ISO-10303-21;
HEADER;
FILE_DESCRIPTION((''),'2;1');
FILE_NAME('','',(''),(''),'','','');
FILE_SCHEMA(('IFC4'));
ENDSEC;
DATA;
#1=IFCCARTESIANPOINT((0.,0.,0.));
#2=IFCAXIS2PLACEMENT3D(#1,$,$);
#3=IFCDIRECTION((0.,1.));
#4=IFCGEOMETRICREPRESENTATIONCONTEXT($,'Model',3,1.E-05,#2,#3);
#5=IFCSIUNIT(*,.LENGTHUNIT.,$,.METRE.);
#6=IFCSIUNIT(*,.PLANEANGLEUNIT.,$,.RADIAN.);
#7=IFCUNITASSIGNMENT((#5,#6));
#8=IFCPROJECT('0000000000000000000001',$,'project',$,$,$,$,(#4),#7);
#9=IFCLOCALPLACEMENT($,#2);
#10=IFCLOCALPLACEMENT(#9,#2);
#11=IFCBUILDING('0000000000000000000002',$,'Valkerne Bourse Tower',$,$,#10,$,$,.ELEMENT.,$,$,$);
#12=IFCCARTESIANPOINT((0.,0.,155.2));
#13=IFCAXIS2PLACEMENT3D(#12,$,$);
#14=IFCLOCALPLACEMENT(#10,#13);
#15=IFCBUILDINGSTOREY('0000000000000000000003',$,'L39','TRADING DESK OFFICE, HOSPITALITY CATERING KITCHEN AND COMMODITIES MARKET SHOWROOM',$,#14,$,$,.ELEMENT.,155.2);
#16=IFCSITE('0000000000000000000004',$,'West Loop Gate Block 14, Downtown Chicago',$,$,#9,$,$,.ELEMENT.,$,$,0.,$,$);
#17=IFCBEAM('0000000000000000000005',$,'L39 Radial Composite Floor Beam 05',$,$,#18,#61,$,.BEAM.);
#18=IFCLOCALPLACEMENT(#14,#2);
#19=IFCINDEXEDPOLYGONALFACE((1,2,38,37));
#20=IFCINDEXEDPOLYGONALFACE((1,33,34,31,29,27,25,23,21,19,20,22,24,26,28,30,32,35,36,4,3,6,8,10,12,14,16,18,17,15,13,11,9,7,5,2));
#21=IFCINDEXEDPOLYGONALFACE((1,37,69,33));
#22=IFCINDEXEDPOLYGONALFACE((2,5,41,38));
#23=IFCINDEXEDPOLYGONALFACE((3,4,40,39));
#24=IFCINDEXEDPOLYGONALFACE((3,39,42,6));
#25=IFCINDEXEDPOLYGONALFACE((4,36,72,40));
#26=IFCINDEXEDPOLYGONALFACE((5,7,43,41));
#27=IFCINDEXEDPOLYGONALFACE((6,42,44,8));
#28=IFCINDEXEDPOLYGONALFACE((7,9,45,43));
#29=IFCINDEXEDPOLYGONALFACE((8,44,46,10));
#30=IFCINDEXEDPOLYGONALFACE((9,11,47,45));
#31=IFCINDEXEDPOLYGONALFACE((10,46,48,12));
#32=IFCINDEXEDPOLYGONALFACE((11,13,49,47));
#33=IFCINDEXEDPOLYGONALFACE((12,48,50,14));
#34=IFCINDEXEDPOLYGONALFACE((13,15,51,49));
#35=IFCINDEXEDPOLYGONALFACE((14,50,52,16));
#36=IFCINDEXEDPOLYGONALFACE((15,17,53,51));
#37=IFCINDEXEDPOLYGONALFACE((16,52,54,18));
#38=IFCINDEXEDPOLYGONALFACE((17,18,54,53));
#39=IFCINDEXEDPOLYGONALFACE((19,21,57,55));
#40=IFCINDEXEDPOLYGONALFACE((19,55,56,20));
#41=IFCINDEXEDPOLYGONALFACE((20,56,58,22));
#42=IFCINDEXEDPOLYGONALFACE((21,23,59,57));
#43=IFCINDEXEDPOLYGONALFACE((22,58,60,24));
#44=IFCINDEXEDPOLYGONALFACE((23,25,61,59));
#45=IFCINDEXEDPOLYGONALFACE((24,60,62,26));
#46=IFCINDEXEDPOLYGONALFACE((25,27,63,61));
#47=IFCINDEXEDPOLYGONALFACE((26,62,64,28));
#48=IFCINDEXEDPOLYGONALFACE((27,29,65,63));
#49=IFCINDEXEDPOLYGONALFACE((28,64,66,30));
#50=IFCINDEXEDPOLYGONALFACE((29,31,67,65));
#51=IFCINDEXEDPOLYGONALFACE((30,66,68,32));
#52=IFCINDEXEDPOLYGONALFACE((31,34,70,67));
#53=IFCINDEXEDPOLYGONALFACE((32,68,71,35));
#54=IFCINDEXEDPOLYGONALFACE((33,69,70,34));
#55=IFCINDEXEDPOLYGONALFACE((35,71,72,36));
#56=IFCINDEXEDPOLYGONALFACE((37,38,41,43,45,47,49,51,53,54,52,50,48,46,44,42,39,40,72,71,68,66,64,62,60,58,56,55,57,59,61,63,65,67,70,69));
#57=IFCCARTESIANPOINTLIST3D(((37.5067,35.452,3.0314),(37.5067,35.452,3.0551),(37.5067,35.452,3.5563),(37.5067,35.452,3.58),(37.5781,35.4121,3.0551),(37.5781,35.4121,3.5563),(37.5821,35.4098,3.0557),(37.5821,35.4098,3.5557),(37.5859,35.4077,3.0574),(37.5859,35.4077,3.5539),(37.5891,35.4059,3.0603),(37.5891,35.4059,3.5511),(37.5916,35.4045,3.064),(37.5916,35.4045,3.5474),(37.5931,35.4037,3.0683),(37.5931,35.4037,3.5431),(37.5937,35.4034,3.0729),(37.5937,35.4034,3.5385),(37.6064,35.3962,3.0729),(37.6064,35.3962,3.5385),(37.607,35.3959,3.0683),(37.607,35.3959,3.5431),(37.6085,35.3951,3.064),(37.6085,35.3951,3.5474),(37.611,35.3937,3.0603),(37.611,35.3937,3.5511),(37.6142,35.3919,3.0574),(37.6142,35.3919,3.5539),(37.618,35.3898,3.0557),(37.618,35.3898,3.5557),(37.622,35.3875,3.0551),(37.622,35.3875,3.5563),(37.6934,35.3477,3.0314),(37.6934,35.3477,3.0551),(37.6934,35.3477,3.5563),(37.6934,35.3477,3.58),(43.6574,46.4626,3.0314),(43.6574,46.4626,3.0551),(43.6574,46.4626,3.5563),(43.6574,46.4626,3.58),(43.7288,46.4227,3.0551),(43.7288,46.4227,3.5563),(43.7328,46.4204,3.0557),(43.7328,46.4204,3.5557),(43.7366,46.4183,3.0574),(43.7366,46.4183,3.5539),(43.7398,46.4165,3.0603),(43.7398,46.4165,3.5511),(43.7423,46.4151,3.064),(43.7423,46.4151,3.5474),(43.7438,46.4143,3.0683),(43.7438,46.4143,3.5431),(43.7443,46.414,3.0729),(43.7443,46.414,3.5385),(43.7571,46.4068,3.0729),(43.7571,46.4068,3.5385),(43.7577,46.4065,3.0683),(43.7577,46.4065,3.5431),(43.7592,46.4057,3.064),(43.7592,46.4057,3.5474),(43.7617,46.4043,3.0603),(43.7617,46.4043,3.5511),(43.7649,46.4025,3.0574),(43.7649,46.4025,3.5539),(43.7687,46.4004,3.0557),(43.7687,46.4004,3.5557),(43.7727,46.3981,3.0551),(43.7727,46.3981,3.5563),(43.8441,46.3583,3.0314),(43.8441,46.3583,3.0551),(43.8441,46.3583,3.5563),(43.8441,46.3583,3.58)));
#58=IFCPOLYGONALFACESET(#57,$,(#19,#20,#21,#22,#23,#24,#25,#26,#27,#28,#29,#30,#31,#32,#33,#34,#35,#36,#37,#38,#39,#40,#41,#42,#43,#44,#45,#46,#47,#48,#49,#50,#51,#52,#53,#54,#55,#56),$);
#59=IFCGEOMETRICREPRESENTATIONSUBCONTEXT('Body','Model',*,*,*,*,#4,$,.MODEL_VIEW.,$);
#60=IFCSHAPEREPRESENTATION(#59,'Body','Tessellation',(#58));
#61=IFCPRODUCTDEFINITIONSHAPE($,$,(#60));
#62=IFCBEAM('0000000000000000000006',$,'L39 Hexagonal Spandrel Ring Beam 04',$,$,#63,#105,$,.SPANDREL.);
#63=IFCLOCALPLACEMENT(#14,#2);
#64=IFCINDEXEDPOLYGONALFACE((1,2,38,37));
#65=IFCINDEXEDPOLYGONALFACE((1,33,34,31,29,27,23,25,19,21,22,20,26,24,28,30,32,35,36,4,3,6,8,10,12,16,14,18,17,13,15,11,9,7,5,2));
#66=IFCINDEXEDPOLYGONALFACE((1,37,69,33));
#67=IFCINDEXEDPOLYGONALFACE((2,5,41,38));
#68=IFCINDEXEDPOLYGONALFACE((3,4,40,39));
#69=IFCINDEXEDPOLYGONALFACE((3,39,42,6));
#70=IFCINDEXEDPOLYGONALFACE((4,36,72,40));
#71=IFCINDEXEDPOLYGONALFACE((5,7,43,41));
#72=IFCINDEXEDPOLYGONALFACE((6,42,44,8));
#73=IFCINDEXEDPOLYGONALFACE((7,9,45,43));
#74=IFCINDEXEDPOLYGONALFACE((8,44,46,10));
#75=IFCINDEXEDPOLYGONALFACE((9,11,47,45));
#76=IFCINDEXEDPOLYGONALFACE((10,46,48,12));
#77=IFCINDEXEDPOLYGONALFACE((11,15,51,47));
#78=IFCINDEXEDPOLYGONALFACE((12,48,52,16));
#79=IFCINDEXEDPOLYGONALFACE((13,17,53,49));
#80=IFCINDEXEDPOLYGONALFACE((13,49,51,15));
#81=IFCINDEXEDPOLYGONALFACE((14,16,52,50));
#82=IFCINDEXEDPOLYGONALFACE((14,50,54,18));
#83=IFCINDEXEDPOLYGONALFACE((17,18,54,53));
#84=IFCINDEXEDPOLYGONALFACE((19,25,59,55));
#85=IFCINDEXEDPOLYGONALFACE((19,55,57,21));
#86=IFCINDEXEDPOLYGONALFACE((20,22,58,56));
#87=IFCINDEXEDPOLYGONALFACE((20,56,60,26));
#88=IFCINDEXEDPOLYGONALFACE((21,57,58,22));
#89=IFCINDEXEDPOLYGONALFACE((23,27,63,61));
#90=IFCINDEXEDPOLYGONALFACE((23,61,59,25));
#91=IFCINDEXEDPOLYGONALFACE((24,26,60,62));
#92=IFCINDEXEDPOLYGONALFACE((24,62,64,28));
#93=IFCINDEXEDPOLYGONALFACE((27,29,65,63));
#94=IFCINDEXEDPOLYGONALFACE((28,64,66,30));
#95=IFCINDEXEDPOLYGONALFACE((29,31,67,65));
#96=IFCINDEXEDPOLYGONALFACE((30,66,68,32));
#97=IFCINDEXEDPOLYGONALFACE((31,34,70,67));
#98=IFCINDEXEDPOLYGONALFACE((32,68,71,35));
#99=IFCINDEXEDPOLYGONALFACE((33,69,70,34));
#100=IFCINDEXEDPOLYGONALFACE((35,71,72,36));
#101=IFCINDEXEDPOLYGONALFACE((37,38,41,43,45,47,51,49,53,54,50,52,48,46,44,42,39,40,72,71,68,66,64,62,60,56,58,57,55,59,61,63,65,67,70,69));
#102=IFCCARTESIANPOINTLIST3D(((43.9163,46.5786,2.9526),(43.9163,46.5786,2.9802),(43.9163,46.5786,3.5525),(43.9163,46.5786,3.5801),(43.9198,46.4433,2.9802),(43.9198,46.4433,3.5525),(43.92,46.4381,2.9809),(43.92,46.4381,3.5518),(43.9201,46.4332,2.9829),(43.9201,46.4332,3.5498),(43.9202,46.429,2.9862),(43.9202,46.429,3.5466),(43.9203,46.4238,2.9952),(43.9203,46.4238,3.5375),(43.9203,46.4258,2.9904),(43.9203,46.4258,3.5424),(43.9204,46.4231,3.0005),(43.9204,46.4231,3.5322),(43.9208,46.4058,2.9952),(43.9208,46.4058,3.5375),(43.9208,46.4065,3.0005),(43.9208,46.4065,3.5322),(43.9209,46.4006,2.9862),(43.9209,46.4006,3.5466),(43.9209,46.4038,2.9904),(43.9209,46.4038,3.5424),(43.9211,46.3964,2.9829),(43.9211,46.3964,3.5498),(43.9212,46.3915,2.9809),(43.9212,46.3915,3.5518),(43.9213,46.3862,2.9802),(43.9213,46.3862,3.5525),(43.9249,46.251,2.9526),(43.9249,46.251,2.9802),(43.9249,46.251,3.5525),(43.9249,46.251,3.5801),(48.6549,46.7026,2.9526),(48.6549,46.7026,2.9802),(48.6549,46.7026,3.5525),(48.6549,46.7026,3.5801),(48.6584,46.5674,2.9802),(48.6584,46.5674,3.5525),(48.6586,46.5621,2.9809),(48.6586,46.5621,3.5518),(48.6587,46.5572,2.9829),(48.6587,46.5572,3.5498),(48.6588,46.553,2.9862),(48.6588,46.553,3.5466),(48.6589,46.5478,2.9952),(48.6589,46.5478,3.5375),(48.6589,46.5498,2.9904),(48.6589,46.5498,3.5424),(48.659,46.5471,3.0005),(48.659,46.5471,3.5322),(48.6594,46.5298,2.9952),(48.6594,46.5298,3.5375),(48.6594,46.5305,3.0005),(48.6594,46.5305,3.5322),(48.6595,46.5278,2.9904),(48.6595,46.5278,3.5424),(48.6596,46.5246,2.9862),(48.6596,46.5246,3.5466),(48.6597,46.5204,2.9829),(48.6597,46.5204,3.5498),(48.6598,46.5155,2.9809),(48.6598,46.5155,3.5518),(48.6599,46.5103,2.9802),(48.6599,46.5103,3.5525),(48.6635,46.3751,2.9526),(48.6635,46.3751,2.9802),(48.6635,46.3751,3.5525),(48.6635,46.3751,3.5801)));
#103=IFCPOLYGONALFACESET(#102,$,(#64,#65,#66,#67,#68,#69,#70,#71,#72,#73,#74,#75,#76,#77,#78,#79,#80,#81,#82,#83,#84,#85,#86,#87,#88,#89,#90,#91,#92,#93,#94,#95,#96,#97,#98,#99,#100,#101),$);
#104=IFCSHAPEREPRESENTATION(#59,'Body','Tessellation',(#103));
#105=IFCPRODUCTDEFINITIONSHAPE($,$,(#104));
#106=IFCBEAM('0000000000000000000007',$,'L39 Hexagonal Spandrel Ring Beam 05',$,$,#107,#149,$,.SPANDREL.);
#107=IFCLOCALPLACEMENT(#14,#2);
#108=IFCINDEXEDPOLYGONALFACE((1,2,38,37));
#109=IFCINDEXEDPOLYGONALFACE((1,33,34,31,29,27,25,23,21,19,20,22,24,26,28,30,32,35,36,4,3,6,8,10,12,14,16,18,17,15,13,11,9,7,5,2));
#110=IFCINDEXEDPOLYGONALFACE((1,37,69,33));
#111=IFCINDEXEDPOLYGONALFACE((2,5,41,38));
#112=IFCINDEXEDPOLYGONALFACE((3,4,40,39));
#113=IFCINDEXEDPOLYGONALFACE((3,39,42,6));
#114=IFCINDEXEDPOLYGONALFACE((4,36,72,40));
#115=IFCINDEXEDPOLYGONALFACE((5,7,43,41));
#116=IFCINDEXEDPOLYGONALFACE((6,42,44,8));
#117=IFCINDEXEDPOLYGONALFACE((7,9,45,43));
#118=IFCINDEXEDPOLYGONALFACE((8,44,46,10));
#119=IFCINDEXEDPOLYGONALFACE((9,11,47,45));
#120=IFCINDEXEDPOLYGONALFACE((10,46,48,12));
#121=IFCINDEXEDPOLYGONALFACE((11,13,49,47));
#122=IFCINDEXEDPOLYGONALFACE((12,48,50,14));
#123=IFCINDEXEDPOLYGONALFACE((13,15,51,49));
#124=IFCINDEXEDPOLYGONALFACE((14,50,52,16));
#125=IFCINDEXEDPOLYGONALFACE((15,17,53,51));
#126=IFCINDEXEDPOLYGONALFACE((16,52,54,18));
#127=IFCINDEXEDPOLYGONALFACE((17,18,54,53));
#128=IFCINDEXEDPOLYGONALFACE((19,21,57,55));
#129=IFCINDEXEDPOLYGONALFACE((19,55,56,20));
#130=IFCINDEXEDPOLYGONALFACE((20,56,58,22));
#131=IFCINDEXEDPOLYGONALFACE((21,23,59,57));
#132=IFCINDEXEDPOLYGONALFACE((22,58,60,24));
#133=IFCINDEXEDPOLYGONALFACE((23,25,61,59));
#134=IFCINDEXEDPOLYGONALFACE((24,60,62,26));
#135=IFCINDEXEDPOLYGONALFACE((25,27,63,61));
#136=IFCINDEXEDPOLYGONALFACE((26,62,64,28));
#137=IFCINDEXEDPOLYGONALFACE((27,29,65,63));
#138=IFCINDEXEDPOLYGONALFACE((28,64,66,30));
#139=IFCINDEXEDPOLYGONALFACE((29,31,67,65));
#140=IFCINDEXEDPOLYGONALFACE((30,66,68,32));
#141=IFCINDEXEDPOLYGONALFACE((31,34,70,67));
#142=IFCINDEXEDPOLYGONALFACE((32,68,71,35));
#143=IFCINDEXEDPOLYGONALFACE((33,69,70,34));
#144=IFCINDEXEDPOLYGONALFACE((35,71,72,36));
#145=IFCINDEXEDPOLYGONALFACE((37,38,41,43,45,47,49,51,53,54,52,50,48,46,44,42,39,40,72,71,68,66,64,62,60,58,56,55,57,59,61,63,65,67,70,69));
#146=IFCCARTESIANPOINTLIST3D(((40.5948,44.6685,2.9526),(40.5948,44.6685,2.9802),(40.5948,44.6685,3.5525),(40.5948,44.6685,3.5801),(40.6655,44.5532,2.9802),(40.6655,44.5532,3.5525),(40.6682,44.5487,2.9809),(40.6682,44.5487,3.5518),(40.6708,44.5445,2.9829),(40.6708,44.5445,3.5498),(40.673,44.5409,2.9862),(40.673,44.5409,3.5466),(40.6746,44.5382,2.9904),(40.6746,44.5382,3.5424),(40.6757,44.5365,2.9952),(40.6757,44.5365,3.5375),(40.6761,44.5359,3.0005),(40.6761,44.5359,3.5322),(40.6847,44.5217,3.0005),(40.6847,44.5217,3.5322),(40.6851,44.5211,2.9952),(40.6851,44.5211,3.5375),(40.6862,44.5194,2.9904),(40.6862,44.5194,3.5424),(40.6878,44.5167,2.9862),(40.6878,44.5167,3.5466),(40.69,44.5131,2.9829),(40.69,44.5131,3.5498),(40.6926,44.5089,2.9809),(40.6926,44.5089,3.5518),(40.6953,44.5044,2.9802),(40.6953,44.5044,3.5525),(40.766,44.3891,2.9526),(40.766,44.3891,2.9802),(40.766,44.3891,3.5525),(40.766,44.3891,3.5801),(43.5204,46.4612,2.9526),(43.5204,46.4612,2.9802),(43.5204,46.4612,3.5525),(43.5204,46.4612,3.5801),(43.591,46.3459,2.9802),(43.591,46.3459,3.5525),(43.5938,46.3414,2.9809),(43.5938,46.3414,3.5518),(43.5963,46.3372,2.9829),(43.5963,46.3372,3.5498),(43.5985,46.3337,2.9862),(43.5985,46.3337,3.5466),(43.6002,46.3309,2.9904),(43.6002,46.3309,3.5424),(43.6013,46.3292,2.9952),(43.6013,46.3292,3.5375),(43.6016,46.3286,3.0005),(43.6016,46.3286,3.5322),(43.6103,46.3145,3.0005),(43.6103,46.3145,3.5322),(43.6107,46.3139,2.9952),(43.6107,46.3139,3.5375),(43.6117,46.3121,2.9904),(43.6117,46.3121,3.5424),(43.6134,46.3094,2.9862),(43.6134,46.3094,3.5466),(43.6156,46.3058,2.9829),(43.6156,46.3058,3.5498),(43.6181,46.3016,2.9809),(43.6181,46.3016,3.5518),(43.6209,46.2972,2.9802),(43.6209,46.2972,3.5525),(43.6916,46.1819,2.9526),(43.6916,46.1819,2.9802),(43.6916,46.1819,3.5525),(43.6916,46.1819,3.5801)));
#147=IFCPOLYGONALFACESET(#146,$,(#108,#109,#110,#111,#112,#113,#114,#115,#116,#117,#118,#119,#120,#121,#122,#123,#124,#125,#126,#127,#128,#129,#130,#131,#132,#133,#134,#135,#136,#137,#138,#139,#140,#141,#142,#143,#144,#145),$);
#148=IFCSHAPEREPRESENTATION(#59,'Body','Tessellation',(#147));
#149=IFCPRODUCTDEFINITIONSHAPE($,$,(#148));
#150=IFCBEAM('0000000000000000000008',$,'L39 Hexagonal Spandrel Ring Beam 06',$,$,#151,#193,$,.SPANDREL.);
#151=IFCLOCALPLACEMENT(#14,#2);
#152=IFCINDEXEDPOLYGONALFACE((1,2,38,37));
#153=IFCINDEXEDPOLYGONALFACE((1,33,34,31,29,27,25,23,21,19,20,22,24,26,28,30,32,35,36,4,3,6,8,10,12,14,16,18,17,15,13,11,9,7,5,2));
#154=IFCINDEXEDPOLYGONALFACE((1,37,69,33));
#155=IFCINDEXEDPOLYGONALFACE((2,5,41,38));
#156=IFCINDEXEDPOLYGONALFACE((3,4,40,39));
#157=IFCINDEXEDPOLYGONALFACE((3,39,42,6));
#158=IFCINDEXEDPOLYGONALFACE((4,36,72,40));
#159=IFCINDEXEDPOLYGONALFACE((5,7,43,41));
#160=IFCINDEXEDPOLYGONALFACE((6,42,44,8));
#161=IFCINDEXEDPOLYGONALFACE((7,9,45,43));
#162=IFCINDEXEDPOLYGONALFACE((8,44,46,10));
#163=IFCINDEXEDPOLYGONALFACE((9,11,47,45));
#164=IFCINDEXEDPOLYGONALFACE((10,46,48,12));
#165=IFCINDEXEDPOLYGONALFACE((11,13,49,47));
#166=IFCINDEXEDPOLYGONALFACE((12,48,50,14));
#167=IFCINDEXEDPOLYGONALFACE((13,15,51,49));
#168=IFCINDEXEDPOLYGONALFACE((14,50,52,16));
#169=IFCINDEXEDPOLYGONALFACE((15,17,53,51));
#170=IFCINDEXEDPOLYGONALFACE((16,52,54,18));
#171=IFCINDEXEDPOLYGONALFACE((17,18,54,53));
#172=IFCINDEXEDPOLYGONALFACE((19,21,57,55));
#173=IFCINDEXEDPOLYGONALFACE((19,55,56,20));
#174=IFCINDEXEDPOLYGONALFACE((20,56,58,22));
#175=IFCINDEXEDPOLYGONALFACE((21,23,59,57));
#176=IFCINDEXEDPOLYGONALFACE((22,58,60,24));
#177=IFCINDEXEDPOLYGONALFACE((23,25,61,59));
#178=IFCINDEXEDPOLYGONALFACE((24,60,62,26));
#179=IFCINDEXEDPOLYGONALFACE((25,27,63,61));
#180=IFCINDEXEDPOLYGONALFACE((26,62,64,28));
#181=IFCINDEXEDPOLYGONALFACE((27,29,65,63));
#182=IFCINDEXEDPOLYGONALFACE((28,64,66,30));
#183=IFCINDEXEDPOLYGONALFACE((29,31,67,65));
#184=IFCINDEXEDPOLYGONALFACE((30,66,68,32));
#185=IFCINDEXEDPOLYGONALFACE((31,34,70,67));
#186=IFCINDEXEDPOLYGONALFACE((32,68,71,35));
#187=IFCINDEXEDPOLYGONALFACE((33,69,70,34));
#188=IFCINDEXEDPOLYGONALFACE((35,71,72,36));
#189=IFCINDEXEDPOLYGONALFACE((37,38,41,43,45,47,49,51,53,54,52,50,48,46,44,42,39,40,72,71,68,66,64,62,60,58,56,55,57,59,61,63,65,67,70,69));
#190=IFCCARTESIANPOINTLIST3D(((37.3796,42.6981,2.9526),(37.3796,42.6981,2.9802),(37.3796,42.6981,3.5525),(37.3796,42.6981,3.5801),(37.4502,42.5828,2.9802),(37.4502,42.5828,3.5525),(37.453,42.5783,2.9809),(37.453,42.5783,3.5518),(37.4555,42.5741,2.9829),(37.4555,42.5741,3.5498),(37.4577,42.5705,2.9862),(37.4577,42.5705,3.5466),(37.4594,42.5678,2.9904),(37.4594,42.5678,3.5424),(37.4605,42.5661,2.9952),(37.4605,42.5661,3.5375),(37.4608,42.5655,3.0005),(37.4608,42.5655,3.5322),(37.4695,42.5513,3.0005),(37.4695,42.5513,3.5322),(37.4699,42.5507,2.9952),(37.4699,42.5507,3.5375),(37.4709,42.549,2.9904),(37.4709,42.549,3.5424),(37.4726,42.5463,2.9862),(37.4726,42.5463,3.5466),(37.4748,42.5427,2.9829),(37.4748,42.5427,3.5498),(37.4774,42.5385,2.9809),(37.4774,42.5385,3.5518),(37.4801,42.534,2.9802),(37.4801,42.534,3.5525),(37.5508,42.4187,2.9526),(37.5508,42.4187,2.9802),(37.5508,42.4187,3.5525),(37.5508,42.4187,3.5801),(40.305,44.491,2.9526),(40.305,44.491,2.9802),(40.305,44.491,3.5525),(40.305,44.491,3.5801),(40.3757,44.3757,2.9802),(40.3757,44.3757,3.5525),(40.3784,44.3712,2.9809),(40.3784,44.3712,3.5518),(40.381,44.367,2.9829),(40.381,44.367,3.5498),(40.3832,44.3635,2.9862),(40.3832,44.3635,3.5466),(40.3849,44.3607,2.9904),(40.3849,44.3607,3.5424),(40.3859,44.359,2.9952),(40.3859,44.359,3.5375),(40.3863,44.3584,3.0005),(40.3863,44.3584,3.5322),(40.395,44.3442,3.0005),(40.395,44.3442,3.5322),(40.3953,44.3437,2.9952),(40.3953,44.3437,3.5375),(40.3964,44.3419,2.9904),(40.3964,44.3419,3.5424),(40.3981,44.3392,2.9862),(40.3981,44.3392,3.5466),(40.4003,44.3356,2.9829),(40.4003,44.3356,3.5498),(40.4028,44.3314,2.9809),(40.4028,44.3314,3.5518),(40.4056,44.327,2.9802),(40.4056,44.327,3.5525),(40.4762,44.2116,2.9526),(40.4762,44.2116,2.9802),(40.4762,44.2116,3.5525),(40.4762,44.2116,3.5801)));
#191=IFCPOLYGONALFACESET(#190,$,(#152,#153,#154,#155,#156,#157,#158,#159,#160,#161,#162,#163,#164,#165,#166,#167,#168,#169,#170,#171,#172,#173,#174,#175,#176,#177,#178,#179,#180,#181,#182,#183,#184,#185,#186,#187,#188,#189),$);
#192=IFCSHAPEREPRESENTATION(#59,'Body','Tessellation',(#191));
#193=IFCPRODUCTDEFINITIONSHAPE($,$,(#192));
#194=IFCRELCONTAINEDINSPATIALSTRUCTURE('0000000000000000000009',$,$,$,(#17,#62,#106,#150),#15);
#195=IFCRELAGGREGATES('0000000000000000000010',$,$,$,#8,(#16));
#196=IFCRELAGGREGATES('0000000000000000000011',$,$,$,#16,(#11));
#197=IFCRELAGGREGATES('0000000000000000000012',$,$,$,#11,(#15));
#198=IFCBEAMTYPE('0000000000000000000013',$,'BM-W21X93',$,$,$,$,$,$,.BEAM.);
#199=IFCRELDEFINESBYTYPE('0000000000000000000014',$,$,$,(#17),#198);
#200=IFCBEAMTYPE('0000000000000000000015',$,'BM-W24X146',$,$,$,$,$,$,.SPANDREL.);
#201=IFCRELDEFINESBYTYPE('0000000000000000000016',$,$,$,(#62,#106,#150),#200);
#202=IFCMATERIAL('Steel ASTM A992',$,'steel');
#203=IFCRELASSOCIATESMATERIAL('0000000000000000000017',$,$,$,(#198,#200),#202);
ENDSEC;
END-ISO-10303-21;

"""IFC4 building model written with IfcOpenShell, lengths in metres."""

from ifc_helpers import new_model, si_unit, direction, frame, origin, origin_2d, place, context, subcontext, project, spatial, i_section, extrude, material, material_profile, profile_set, type_object, element, save


model = new_model("IFC4")

# Units and contexts
model_context = context("Model", 3, precision=1e-05, world=origin(), true_north=direction((0.0, 1.0)))
body_context = subcontext(model_context, "Body", "Model", "MODEL_VIEW")
ifc_project = project(units=[si_unit("LENGTHUNIT", "METRE"), si_unit("PLANEANGLEUNIT", "RADIAN")], contexts=[model_context])

# Site, building, storey
site_placement = place(None, origin())
site = spatial("IfcSite", under=ifc_project, at=site_placement, Name="West Loop Gate Block 14, Downtown Chicago", CompositionType="ELEMENT", RefElevation=0.0)
building_placement = place(site_placement, origin())
building = spatial("IfcBuilding", under=site, at=building_placement, Name="Valkerne Bourse Tower", CompositionType="ELEMENT")
storey_placement = place(building_placement, frame((0.0, 0.0, 155.2)))
storey = spatial("IfcBuildingStorey", under=building, at=storey_placement, Name="L39", Description="TRADING DESK OFFICE, HOSPITALITY CATERING KITCHEN AND COMMODITIES MARKET SHOWROOM", CompositionType="ELEMENT", Elevation=155.2)

# Beams
ifc_material_1 = material(Name="Steel ASTM A992", Category="steel")
ifc_material_profile_1 = material_profile(ifc_material_1, i_section(OverallWidth=0.2139, OverallDepth=0.5486, WebThickness=0.0146, FlangeThickness=0.0237, FilletRadius=0.0178, at=origin_2d()), Name="W21X93")
ifc_profile_set_1 = profile_set([ifc_material_profile_1], Name="Steel ASTM A992")
beam_type_1 = type_object("IfcBeamType", Name="BM-W21X93", PredefinedType="BEAM", material=ifc_profile_set_1)
beam_1_placement = place(storey_placement, frame((43.7507, 46.4104, 3.3057), z_axis=(-0.487683, -0.873021, 0.0), x_axis=(0.873021, -0.487683, 0.0)))
element("IfcBeam", 1, at=beam_1_placement, inside=storey, type_object=beam_type_1, Name="L39 Radial Composite Floor Beam 05", PredefinedType="BEAM", context=body_context, shape_type="SweptSolid", body=[
    extrude(i_section(OverallWidth=0.2139, OverallDepth=0.5486, WebThickness=0.0146, FlangeThickness=0.0237, FilletRadius=0.0178, at=origin_2d()), origin(), (0.0, 0.0, 1.0), 12.6121),
])
ifc_material_profile_2 = material_profile(ifc_material_1, i_section(OverallWidth=0.3276, OverallDepth=0.6274, WebThickness=0.0166, FlangeThickness=0.0276, FilletRadius=0.0203, at=origin_2d()), Name="W24X146")
ifc_profile_set_2 = profile_set([ifc_material_profile_2], Name="Steel ASTM A992")
beam_type_2 = type_object("IfcBeamType", Name="BM-W24X146", PredefinedType="SPANDREL", material=ifc_profile_set_2)
beam_2_placement = place(storey_placement, frame((48.6592, 46.5388, 3.2664), z_axis=(-0.999658, -0.026164, 0.0), x_axis=(0.026164, -0.999658, 0.0)))
element("IfcBeam", 2, at=beam_2_placement, inside=storey, type_object=beam_type_2, Name="L39 Hexagonal Spandrel Ring Beam 04", PredefinedType="SPANDREL", context=body_context, shape_type="SweptSolid", body=[
    extrude(i_section(OverallWidth=0.3276, OverallDepth=0.6274, WebThickness=0.0166, FlangeThickness=0.0276, FilletRadius=0.0203, at=origin_2d()), origin(), (0.0, 0.0, 1.0), 4.7402),
])
for number, where, z_axis, x_axis, name in (
    (3, (43.606, 46.3215, 3.2664), (-0.852646, -0.522489, 0.0), (0.522489, -0.852646, 0.0), "L39 Hexagonal Spandrel Ring Beam 05"),
    (4, (40.3906, 44.3513, 3.2664), (-0.852615, -0.52254, 0.0), (0.52254, -0.852615, 0.0), "L39 Hexagonal Spandrel Ring Beam 06"),
):
    element("IfcBeam", number, at=place(storey_placement, frame(where, z_axis=z_axis, x_axis=x_axis)), inside=storey, type_object=beam_type_2, Name=name, PredefinedType="SPANDREL", context=body_context, shape_type="SweptSolid", body=[
        extrude(i_section(OverallWidth=0.3276, OverallDepth=0.6274, WebThickness=0.0166, FlangeThickness=0.0276, FilletRadius=0.0203, at=origin_2d()), origin(), (0.0, 0.0, 1.0), 3.4312),
    ])

save(model, "model.ifc")
